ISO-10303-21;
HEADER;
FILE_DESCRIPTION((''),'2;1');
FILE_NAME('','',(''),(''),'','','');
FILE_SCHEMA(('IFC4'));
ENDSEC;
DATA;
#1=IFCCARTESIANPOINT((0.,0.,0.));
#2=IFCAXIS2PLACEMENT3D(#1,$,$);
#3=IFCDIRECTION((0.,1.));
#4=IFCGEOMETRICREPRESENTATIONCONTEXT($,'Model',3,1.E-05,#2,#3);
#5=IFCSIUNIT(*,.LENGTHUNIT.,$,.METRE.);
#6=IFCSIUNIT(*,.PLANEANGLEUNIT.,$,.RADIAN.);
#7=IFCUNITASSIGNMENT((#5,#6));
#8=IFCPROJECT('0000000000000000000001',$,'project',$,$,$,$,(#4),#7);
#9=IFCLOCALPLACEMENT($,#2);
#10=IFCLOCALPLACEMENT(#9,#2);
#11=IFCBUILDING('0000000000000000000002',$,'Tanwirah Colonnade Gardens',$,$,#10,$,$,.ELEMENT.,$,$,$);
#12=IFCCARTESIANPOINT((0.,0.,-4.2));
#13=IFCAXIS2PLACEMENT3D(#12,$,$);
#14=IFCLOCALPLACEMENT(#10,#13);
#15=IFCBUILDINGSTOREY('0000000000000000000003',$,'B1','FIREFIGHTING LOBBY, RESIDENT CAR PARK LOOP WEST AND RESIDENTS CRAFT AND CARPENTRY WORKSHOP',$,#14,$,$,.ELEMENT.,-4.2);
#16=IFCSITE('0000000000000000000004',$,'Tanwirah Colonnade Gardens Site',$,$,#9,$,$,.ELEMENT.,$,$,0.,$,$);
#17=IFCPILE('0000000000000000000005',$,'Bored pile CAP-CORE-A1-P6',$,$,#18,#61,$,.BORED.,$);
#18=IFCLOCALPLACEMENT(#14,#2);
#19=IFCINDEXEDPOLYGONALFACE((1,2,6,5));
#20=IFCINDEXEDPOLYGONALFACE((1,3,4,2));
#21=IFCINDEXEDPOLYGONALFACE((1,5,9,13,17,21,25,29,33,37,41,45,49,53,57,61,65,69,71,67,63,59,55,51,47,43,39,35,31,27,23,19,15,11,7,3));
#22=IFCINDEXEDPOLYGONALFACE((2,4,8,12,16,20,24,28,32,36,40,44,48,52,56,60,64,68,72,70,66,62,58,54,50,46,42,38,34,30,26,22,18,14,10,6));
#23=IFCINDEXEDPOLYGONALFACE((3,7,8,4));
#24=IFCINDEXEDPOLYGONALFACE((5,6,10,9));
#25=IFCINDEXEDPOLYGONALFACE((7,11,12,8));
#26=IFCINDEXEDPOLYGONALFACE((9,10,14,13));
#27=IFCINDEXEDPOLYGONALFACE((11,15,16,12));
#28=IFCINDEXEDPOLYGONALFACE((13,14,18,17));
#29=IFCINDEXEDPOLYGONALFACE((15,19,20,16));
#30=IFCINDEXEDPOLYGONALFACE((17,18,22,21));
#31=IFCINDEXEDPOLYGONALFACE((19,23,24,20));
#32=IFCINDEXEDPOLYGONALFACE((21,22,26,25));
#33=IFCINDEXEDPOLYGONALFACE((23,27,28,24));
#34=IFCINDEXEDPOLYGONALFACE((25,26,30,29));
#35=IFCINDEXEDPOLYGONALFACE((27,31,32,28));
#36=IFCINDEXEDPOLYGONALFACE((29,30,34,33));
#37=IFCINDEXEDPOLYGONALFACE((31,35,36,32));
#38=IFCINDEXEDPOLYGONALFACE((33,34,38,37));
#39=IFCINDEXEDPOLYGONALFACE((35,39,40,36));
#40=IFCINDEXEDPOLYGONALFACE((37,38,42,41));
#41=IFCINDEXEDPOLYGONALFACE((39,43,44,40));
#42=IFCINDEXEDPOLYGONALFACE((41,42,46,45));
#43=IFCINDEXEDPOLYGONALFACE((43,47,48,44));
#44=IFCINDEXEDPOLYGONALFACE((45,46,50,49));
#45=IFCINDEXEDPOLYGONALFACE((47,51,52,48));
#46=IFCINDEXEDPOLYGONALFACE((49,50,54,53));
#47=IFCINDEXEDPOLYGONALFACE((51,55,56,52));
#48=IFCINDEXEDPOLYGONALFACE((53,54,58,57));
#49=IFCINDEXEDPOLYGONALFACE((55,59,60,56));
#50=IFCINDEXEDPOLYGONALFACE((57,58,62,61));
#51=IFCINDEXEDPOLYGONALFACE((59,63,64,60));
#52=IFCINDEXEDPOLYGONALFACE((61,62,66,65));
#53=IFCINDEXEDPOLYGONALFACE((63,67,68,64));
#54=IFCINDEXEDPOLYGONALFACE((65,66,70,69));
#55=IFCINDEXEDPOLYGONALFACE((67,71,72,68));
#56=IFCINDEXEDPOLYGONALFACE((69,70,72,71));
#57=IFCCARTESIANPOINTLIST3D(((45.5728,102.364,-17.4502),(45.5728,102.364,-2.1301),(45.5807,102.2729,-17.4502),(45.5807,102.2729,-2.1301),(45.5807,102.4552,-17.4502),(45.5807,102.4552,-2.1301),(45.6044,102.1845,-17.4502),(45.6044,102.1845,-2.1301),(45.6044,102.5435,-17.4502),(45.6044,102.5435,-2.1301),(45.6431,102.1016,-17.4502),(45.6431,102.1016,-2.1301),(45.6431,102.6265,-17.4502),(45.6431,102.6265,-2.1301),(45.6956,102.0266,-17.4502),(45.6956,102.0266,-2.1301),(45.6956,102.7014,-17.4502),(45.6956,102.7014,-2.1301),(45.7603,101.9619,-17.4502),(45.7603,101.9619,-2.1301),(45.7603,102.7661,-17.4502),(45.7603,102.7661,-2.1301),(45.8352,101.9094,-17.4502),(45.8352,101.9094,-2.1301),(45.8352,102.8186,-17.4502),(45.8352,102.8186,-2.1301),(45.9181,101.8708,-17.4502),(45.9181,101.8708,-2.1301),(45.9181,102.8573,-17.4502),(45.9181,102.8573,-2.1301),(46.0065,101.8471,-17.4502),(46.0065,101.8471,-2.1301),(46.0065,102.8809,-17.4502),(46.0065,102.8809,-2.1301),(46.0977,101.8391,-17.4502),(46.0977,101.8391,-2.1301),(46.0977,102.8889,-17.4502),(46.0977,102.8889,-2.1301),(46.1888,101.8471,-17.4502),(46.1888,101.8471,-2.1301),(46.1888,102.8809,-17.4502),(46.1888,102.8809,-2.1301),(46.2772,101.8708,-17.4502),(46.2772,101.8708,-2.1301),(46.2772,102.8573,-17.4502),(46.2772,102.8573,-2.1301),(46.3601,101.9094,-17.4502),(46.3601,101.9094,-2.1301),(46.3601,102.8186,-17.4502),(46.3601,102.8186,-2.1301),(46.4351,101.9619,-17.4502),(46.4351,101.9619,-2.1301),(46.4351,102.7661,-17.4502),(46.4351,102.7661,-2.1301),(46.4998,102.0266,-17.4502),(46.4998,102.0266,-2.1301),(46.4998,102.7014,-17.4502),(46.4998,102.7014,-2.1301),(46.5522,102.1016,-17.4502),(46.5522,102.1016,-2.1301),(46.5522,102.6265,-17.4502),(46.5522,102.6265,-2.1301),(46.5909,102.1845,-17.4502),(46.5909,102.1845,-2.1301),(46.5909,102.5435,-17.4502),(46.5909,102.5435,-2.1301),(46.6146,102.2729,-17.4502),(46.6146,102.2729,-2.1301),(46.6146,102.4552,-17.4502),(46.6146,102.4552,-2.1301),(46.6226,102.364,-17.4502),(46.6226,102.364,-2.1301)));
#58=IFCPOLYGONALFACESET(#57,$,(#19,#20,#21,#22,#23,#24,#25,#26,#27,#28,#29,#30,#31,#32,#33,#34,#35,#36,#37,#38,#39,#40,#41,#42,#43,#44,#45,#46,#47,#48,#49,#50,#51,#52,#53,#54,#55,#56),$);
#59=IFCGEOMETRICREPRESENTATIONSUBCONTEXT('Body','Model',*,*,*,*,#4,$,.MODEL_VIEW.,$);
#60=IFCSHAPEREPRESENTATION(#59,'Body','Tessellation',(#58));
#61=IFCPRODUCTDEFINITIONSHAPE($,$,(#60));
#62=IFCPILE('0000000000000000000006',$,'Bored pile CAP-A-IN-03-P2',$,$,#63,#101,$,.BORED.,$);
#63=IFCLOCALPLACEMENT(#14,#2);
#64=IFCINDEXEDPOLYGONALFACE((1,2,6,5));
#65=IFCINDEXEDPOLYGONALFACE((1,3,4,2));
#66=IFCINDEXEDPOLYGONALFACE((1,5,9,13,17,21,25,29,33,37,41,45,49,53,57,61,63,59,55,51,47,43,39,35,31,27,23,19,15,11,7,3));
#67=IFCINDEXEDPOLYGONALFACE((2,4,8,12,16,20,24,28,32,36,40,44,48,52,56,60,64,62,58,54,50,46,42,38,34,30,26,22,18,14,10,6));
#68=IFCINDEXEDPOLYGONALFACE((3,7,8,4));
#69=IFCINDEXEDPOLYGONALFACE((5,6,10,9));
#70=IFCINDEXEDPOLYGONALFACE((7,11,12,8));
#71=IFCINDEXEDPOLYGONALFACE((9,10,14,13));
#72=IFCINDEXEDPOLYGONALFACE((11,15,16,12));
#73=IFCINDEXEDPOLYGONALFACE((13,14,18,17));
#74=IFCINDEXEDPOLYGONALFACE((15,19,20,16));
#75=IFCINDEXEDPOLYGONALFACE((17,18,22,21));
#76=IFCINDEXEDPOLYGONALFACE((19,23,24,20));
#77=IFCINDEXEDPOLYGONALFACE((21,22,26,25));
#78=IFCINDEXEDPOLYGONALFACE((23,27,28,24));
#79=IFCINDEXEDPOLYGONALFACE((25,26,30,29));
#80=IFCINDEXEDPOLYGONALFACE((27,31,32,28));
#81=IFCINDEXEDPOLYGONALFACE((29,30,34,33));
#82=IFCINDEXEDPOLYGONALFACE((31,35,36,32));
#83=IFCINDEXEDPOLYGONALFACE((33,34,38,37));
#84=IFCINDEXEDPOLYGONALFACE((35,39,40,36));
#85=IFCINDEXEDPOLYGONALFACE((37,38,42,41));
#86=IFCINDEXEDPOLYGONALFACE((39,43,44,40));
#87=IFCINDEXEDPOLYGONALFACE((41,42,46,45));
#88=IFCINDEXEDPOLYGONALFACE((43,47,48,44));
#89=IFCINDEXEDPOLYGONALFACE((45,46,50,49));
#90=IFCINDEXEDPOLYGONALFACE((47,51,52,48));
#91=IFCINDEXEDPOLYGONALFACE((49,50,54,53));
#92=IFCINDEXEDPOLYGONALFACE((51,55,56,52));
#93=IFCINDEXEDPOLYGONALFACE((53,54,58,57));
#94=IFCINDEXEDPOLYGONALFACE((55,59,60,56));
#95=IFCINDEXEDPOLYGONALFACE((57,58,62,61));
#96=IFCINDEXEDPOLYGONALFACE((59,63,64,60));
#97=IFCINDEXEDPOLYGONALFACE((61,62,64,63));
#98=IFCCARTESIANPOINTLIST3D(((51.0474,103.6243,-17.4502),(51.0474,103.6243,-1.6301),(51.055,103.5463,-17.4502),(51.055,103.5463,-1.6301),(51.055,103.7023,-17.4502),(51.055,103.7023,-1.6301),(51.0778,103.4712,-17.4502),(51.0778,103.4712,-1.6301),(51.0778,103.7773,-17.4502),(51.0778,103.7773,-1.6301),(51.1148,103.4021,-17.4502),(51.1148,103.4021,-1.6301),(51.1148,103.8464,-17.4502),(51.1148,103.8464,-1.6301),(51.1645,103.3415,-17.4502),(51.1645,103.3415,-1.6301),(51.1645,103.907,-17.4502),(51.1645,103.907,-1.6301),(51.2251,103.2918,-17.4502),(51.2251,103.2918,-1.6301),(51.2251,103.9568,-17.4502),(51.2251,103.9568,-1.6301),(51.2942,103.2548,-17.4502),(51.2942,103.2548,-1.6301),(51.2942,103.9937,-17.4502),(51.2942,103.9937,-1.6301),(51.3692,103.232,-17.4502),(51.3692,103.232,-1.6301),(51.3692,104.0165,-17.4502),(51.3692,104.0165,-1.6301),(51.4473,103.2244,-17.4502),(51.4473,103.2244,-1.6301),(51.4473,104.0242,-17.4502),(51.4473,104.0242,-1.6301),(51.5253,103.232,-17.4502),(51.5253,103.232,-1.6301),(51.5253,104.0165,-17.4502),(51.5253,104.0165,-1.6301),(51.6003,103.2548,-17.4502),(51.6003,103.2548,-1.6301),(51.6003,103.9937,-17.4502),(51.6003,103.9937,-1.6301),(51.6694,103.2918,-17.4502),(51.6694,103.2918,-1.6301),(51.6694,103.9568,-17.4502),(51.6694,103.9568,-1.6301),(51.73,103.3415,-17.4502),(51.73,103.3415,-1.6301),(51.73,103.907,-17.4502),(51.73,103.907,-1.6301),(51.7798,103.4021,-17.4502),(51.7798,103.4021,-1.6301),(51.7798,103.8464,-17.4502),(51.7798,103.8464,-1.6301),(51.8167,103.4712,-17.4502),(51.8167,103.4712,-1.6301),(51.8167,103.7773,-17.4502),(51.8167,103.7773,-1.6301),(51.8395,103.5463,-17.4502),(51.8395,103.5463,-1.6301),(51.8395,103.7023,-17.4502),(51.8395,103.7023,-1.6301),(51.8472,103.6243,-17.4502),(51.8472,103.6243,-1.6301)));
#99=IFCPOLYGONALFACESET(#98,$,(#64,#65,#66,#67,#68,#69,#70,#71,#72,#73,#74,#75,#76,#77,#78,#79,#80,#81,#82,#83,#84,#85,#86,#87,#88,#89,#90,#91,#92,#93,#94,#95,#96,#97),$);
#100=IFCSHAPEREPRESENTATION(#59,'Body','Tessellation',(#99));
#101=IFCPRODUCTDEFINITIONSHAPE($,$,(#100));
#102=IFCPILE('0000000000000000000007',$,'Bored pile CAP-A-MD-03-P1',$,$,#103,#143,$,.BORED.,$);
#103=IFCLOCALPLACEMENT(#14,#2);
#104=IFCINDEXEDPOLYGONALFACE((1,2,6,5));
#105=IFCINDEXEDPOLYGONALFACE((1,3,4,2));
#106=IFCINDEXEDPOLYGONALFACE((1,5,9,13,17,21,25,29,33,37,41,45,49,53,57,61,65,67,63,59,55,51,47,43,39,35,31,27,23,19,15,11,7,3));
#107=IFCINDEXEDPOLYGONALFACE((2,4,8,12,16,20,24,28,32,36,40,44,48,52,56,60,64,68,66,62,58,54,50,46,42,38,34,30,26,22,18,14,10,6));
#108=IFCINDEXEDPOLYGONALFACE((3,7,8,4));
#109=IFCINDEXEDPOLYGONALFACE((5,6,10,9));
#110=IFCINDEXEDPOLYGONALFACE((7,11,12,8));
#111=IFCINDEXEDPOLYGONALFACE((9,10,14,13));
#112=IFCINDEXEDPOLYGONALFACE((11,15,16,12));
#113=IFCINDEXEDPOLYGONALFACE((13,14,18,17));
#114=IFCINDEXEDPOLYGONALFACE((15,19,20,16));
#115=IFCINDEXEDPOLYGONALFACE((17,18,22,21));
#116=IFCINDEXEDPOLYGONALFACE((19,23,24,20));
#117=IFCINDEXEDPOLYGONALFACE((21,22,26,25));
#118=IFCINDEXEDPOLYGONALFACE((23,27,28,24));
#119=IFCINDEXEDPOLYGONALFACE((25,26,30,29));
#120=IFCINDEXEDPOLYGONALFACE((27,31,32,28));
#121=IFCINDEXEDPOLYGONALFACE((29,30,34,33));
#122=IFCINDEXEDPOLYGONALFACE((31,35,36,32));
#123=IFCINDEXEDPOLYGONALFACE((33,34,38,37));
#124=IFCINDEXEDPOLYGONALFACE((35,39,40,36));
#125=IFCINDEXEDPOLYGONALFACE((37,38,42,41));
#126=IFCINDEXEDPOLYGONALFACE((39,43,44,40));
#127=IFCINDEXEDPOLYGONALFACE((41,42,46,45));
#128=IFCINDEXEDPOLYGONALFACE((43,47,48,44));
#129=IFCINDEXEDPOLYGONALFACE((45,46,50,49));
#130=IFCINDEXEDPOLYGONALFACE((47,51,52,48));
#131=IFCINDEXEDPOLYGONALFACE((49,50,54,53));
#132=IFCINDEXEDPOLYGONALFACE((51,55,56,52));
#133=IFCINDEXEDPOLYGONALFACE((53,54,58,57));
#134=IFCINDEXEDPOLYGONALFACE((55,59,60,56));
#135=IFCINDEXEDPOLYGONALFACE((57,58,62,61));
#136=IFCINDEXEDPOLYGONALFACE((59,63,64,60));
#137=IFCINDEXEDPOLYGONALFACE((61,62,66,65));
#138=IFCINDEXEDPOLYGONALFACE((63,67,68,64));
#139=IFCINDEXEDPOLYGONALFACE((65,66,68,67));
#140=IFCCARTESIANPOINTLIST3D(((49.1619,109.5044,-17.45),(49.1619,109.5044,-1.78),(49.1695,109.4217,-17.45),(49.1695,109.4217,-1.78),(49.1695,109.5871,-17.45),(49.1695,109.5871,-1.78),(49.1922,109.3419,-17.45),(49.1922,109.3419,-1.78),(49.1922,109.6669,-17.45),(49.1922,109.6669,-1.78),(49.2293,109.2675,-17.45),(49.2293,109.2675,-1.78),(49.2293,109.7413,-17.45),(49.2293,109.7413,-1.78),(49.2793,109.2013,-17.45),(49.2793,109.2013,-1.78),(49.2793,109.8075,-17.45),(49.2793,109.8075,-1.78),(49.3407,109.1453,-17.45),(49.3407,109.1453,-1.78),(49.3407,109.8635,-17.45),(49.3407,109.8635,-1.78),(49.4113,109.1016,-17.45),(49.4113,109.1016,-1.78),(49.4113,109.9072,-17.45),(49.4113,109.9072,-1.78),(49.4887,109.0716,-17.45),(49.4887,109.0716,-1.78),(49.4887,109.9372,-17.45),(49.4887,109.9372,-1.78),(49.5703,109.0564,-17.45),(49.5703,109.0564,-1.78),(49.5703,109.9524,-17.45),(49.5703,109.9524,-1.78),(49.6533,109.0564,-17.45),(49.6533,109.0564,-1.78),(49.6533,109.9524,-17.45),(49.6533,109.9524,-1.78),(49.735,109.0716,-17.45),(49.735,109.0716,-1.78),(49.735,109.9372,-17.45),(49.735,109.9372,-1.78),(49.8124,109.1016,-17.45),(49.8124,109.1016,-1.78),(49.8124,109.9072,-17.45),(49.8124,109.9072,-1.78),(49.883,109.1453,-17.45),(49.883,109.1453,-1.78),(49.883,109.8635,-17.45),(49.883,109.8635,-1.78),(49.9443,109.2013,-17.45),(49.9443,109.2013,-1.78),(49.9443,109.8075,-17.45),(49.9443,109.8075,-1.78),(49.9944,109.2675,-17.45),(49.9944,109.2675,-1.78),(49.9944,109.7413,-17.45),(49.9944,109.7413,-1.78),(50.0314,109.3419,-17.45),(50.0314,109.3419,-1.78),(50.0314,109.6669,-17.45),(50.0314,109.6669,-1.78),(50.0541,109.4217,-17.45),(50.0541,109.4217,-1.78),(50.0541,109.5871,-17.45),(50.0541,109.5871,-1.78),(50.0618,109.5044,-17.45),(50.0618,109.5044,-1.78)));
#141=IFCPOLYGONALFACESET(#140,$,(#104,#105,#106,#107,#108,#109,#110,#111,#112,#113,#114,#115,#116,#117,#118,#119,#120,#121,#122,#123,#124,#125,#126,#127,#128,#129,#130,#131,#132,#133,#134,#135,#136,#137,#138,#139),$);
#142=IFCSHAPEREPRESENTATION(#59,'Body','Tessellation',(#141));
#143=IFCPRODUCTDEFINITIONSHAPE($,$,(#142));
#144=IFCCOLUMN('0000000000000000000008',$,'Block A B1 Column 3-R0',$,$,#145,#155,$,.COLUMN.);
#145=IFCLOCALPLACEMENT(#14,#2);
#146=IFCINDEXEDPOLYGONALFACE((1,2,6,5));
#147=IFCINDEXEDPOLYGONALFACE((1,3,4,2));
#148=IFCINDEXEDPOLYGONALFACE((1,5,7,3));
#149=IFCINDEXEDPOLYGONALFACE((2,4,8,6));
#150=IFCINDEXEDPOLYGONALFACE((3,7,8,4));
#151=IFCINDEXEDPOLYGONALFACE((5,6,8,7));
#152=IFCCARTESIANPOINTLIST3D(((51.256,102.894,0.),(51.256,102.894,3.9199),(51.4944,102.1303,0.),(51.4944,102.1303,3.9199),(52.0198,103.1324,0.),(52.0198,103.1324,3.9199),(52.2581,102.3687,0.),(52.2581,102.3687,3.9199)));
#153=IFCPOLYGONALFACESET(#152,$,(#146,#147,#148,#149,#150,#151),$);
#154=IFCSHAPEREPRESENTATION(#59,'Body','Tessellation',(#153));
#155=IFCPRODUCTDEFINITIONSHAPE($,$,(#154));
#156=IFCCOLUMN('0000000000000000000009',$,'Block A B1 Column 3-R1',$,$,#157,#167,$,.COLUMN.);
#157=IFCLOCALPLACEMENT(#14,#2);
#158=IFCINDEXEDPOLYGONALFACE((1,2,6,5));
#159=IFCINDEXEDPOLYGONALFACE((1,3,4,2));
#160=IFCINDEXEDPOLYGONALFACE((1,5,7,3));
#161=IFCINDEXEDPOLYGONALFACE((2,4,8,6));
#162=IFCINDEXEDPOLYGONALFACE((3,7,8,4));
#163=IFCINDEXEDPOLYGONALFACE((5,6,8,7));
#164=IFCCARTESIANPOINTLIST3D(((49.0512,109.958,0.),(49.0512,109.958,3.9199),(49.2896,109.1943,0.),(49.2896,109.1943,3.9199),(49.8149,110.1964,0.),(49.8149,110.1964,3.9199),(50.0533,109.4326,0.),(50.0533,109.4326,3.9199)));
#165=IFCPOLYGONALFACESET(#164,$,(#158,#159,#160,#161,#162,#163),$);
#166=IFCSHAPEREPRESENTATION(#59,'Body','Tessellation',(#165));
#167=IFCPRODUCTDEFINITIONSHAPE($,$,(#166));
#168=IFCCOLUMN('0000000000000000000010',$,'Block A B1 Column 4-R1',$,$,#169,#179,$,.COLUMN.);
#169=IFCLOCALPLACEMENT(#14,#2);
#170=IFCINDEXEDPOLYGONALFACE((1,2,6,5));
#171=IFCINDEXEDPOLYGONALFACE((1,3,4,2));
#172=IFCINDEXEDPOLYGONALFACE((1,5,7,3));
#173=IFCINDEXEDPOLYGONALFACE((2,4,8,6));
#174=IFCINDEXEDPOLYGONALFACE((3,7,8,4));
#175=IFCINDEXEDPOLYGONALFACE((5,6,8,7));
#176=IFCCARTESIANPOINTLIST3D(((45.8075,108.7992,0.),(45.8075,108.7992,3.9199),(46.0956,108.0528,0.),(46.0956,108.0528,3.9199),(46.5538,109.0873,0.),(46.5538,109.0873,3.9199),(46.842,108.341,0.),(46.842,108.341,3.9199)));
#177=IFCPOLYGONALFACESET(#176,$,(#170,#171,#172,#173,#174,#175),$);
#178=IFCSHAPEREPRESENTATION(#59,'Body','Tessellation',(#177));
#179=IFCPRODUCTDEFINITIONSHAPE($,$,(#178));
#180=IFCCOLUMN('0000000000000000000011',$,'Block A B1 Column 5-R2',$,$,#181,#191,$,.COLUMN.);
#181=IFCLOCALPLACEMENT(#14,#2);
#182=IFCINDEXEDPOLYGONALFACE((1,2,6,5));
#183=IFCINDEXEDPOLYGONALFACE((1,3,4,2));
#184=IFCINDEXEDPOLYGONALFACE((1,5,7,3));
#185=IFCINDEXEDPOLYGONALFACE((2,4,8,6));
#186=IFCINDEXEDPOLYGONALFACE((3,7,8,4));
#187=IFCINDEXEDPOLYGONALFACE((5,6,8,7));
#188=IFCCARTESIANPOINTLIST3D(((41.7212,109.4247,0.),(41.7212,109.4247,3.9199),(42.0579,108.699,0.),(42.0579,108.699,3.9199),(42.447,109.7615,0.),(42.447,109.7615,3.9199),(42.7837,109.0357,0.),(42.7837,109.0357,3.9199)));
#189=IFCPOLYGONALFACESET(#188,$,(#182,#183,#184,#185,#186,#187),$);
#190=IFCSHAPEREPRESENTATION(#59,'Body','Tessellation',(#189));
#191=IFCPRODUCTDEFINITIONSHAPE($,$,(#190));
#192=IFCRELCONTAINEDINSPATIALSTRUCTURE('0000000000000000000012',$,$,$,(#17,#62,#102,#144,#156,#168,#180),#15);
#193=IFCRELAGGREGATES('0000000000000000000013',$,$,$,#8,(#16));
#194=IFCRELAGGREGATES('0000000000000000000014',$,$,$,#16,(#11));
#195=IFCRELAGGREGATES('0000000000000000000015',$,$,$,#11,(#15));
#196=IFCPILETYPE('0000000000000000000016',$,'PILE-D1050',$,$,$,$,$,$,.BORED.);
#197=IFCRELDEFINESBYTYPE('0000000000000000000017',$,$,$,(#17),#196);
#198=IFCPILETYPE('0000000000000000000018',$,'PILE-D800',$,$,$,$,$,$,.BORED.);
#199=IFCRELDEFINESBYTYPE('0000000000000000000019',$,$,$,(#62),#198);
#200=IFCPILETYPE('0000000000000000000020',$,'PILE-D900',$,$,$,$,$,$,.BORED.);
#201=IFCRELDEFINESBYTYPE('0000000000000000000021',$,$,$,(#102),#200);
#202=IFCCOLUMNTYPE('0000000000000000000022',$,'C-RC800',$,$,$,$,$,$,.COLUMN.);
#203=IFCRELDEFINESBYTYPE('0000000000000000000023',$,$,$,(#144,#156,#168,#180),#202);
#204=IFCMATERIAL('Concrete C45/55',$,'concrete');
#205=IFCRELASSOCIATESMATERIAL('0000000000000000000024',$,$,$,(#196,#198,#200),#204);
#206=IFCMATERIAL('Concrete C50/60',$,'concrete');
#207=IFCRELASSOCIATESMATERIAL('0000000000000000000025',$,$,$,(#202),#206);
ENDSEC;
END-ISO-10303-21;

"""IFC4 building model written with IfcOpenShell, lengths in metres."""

from ifc_helpers import new_model, si_unit, direction, frame, origin, origin_2d, place, context, subcontext, project, spatial, rectangle, circle, extrude, material, material_profile, profile_set, type_object, element, save


model = new_model("IFC4")

# Units and contexts
model_context = context("Model", 3, precision=1e-05, world=origin(), true_north=direction((0.0, 1.0)))
body_context = subcontext(model_context, "Body", "Model", "MODEL_VIEW")
ifc_project = project(units=[si_unit("LENGTHUNIT", "METRE"), si_unit("PLANEANGLEUNIT", "RADIAN")], contexts=[model_context])

# Site, building, storey
site_placement = place(None, origin())
site = spatial("IfcSite", under=ifc_project, at=site_placement, Name="Tanwirah Colonnade Gardens Site", CompositionType="ELEMENT", RefElevation=0.0)
building_placement = place(site_placement, origin())
building = spatial("IfcBuilding", under=site, at=building_placement, Name="Tanwirah Colonnade Gardens", CompositionType="ELEMENT")
storey_placement = place(building_placement, frame((0.0, 0.0, -4.2)))
storey = spatial("IfcBuildingStorey", under=building, at=storey_placement, Name="B1", Description="FIREFIGHTING LOBBY, RESIDENT CAR PARK LOOP WEST AND RESIDENTS CRAFT AND CARPENTRY WORKSHOP", CompositionType="ELEMENT", Elevation=-4.2)

# Shared definitions
ifc_material_1 = material(Name="Concrete C45/55", Category="concrete")

# Piles
ifc_material_profile_1 = material_profile(ifc_material_1, circle(Radius=0.5249, at=origin_2d()), Name="PILE D1050")
ifc_profile_set_1 = profile_set([ifc_material_profile_1], Name="Concrete C45/55")
pile_type_1 = type_object("IfcPileType", Name="PILE-D1050", PredefinedType="BORED", material=ifc_profile_set_1)
for number, where, z_axis, x_axis, name in (
    (1, (46.0977, 102.364, -2.1301), (0.0, 0.0, -1.0), (1.0, 0.0, 0.0), "Bored pile CAP-CORE-A1-P6"),
):
    element("IfcPile", number, at=place(storey_placement, frame(where, z_axis=z_axis, x_axis=x_axis)), inside=storey, type_object=pile_type_1, Name=name, PredefinedType="BORED", context=body_context, shape_type="SweptSolid", body=[
        extrude(circle(Radius=0.5249, at=origin_2d()), origin(), (0.0, 0.0, 1.0), 15.3201),
    ])
ifc_material_profile_2 = material_profile(ifc_material_1, circle(Radius=0.3999, at=origin_2d()), Name="PILE D800")
ifc_profile_set_2 = profile_set([ifc_material_profile_2], Name="Concrete C45/55")
pile_type_2 = type_object("IfcPileType", Name="PILE-D800", PredefinedType="BORED", material=ifc_profile_set_2)
pile_1_placement = place(storey_placement, frame((51.4473, 103.6243, -1.6301), z_axis=(0.0, 0.0, -1.0), x_axis=(1.0, 0.0, 0.0)))
element("IfcPile", 2, at=pile_1_placement, inside=storey, type_object=pile_type_2, Name="Bored pile CAP-A-IN-03-P2", PredefinedType="BORED", context=body_context, shape_type="SweptSolid", body=[
    extrude(circle(Radius=0.3999, at=origin_2d()), origin(), (0.0, 0.0, 1.0), 15.8201),
])
ifc_material_profile_3 = material_profile(ifc_material_1, circle(Radius=0.45, at=origin_2d()), Name="PILE D900")
ifc_profile_set_3 = profile_set([ifc_material_profile_3], Name="Concrete C45/55")
pile_type_3 = type_object("IfcPileType", Name="PILE-D900", PredefinedType="BORED", material=ifc_profile_set_3)
pile_2_placement = place(storey_placement, frame((49.6118, 109.5044, -1.78), z_axis=(0.0, 0.0, -1.0), x_axis=(1.0, 0.0, 0.0)))
element("IfcPile", 3, at=pile_2_placement, inside=storey, type_object=pile_type_3, Name="Bored pile CAP-A-MD-03-P1", PredefinedType="BORED", context=body_context, shape_type="SweptSolid", body=[
    extrude(circle(Radius=0.45, at=origin_2d()), origin(), (0.0, 0.0, 1.0), 15.6699),
])

# Columns
ifc_material_2 = material(Name="Concrete C50/60", Category="concrete")
ifc_material_profile_4 = material_profile(ifc_material_2, rectangle(XDim=0.8, YDim=0.8, at=origin_2d()), Name="RC-COL 800x800")
ifc_profile_set_4 = profile_set([ifc_material_profile_4], Name="Concrete C50/60")
column_type = type_object("IfcColumnType", Name="C-RC800", PredefinedType="COLUMN", material=ifc_profile_set_4)
for number, where, z_axis, x_axis, name in (
    (4, (51.7571, 102.6313, 0.0), (0.0, 0.0, 1.0), (-0.29793, 0.954588, 0.0), "Block A B1 Column 3-R0"),
    (5, (49.5522, 109.6953, 0.0), (0.0, 0.0, 1.0), (-0.29793, 0.954588, 0.0), "Block A B1 Column 3-R1"),
    (6, (46.3247, 108.5701, 0.0), (0.0, 0.0, 1.0), (-0.360178, 0.932884, 0.0), "Block A B1 Column 4-R1"),
    (7, (42.2524, 109.2302, 0.0), (0.0, 0.0, 1.0), (-0.42086, 0.907126, 0.0), "Block A B1 Column 5-R2"),
):
    element("IfcColumn", number, at=place(storey_placement, frame(where, z_axis=z_axis, x_axis=x_axis)), inside=storey, type_object=column_type, Name=name, PredefinedType="COLUMN", context=body_context, shape_type="SweptSolid", body=[
        extrude(rectangle(XDim=0.8, YDim=0.8, at=origin_2d()), origin(), (0.0, 0.0, 1.0), 3.9199),
    ])

save(model, "model.ifc")
